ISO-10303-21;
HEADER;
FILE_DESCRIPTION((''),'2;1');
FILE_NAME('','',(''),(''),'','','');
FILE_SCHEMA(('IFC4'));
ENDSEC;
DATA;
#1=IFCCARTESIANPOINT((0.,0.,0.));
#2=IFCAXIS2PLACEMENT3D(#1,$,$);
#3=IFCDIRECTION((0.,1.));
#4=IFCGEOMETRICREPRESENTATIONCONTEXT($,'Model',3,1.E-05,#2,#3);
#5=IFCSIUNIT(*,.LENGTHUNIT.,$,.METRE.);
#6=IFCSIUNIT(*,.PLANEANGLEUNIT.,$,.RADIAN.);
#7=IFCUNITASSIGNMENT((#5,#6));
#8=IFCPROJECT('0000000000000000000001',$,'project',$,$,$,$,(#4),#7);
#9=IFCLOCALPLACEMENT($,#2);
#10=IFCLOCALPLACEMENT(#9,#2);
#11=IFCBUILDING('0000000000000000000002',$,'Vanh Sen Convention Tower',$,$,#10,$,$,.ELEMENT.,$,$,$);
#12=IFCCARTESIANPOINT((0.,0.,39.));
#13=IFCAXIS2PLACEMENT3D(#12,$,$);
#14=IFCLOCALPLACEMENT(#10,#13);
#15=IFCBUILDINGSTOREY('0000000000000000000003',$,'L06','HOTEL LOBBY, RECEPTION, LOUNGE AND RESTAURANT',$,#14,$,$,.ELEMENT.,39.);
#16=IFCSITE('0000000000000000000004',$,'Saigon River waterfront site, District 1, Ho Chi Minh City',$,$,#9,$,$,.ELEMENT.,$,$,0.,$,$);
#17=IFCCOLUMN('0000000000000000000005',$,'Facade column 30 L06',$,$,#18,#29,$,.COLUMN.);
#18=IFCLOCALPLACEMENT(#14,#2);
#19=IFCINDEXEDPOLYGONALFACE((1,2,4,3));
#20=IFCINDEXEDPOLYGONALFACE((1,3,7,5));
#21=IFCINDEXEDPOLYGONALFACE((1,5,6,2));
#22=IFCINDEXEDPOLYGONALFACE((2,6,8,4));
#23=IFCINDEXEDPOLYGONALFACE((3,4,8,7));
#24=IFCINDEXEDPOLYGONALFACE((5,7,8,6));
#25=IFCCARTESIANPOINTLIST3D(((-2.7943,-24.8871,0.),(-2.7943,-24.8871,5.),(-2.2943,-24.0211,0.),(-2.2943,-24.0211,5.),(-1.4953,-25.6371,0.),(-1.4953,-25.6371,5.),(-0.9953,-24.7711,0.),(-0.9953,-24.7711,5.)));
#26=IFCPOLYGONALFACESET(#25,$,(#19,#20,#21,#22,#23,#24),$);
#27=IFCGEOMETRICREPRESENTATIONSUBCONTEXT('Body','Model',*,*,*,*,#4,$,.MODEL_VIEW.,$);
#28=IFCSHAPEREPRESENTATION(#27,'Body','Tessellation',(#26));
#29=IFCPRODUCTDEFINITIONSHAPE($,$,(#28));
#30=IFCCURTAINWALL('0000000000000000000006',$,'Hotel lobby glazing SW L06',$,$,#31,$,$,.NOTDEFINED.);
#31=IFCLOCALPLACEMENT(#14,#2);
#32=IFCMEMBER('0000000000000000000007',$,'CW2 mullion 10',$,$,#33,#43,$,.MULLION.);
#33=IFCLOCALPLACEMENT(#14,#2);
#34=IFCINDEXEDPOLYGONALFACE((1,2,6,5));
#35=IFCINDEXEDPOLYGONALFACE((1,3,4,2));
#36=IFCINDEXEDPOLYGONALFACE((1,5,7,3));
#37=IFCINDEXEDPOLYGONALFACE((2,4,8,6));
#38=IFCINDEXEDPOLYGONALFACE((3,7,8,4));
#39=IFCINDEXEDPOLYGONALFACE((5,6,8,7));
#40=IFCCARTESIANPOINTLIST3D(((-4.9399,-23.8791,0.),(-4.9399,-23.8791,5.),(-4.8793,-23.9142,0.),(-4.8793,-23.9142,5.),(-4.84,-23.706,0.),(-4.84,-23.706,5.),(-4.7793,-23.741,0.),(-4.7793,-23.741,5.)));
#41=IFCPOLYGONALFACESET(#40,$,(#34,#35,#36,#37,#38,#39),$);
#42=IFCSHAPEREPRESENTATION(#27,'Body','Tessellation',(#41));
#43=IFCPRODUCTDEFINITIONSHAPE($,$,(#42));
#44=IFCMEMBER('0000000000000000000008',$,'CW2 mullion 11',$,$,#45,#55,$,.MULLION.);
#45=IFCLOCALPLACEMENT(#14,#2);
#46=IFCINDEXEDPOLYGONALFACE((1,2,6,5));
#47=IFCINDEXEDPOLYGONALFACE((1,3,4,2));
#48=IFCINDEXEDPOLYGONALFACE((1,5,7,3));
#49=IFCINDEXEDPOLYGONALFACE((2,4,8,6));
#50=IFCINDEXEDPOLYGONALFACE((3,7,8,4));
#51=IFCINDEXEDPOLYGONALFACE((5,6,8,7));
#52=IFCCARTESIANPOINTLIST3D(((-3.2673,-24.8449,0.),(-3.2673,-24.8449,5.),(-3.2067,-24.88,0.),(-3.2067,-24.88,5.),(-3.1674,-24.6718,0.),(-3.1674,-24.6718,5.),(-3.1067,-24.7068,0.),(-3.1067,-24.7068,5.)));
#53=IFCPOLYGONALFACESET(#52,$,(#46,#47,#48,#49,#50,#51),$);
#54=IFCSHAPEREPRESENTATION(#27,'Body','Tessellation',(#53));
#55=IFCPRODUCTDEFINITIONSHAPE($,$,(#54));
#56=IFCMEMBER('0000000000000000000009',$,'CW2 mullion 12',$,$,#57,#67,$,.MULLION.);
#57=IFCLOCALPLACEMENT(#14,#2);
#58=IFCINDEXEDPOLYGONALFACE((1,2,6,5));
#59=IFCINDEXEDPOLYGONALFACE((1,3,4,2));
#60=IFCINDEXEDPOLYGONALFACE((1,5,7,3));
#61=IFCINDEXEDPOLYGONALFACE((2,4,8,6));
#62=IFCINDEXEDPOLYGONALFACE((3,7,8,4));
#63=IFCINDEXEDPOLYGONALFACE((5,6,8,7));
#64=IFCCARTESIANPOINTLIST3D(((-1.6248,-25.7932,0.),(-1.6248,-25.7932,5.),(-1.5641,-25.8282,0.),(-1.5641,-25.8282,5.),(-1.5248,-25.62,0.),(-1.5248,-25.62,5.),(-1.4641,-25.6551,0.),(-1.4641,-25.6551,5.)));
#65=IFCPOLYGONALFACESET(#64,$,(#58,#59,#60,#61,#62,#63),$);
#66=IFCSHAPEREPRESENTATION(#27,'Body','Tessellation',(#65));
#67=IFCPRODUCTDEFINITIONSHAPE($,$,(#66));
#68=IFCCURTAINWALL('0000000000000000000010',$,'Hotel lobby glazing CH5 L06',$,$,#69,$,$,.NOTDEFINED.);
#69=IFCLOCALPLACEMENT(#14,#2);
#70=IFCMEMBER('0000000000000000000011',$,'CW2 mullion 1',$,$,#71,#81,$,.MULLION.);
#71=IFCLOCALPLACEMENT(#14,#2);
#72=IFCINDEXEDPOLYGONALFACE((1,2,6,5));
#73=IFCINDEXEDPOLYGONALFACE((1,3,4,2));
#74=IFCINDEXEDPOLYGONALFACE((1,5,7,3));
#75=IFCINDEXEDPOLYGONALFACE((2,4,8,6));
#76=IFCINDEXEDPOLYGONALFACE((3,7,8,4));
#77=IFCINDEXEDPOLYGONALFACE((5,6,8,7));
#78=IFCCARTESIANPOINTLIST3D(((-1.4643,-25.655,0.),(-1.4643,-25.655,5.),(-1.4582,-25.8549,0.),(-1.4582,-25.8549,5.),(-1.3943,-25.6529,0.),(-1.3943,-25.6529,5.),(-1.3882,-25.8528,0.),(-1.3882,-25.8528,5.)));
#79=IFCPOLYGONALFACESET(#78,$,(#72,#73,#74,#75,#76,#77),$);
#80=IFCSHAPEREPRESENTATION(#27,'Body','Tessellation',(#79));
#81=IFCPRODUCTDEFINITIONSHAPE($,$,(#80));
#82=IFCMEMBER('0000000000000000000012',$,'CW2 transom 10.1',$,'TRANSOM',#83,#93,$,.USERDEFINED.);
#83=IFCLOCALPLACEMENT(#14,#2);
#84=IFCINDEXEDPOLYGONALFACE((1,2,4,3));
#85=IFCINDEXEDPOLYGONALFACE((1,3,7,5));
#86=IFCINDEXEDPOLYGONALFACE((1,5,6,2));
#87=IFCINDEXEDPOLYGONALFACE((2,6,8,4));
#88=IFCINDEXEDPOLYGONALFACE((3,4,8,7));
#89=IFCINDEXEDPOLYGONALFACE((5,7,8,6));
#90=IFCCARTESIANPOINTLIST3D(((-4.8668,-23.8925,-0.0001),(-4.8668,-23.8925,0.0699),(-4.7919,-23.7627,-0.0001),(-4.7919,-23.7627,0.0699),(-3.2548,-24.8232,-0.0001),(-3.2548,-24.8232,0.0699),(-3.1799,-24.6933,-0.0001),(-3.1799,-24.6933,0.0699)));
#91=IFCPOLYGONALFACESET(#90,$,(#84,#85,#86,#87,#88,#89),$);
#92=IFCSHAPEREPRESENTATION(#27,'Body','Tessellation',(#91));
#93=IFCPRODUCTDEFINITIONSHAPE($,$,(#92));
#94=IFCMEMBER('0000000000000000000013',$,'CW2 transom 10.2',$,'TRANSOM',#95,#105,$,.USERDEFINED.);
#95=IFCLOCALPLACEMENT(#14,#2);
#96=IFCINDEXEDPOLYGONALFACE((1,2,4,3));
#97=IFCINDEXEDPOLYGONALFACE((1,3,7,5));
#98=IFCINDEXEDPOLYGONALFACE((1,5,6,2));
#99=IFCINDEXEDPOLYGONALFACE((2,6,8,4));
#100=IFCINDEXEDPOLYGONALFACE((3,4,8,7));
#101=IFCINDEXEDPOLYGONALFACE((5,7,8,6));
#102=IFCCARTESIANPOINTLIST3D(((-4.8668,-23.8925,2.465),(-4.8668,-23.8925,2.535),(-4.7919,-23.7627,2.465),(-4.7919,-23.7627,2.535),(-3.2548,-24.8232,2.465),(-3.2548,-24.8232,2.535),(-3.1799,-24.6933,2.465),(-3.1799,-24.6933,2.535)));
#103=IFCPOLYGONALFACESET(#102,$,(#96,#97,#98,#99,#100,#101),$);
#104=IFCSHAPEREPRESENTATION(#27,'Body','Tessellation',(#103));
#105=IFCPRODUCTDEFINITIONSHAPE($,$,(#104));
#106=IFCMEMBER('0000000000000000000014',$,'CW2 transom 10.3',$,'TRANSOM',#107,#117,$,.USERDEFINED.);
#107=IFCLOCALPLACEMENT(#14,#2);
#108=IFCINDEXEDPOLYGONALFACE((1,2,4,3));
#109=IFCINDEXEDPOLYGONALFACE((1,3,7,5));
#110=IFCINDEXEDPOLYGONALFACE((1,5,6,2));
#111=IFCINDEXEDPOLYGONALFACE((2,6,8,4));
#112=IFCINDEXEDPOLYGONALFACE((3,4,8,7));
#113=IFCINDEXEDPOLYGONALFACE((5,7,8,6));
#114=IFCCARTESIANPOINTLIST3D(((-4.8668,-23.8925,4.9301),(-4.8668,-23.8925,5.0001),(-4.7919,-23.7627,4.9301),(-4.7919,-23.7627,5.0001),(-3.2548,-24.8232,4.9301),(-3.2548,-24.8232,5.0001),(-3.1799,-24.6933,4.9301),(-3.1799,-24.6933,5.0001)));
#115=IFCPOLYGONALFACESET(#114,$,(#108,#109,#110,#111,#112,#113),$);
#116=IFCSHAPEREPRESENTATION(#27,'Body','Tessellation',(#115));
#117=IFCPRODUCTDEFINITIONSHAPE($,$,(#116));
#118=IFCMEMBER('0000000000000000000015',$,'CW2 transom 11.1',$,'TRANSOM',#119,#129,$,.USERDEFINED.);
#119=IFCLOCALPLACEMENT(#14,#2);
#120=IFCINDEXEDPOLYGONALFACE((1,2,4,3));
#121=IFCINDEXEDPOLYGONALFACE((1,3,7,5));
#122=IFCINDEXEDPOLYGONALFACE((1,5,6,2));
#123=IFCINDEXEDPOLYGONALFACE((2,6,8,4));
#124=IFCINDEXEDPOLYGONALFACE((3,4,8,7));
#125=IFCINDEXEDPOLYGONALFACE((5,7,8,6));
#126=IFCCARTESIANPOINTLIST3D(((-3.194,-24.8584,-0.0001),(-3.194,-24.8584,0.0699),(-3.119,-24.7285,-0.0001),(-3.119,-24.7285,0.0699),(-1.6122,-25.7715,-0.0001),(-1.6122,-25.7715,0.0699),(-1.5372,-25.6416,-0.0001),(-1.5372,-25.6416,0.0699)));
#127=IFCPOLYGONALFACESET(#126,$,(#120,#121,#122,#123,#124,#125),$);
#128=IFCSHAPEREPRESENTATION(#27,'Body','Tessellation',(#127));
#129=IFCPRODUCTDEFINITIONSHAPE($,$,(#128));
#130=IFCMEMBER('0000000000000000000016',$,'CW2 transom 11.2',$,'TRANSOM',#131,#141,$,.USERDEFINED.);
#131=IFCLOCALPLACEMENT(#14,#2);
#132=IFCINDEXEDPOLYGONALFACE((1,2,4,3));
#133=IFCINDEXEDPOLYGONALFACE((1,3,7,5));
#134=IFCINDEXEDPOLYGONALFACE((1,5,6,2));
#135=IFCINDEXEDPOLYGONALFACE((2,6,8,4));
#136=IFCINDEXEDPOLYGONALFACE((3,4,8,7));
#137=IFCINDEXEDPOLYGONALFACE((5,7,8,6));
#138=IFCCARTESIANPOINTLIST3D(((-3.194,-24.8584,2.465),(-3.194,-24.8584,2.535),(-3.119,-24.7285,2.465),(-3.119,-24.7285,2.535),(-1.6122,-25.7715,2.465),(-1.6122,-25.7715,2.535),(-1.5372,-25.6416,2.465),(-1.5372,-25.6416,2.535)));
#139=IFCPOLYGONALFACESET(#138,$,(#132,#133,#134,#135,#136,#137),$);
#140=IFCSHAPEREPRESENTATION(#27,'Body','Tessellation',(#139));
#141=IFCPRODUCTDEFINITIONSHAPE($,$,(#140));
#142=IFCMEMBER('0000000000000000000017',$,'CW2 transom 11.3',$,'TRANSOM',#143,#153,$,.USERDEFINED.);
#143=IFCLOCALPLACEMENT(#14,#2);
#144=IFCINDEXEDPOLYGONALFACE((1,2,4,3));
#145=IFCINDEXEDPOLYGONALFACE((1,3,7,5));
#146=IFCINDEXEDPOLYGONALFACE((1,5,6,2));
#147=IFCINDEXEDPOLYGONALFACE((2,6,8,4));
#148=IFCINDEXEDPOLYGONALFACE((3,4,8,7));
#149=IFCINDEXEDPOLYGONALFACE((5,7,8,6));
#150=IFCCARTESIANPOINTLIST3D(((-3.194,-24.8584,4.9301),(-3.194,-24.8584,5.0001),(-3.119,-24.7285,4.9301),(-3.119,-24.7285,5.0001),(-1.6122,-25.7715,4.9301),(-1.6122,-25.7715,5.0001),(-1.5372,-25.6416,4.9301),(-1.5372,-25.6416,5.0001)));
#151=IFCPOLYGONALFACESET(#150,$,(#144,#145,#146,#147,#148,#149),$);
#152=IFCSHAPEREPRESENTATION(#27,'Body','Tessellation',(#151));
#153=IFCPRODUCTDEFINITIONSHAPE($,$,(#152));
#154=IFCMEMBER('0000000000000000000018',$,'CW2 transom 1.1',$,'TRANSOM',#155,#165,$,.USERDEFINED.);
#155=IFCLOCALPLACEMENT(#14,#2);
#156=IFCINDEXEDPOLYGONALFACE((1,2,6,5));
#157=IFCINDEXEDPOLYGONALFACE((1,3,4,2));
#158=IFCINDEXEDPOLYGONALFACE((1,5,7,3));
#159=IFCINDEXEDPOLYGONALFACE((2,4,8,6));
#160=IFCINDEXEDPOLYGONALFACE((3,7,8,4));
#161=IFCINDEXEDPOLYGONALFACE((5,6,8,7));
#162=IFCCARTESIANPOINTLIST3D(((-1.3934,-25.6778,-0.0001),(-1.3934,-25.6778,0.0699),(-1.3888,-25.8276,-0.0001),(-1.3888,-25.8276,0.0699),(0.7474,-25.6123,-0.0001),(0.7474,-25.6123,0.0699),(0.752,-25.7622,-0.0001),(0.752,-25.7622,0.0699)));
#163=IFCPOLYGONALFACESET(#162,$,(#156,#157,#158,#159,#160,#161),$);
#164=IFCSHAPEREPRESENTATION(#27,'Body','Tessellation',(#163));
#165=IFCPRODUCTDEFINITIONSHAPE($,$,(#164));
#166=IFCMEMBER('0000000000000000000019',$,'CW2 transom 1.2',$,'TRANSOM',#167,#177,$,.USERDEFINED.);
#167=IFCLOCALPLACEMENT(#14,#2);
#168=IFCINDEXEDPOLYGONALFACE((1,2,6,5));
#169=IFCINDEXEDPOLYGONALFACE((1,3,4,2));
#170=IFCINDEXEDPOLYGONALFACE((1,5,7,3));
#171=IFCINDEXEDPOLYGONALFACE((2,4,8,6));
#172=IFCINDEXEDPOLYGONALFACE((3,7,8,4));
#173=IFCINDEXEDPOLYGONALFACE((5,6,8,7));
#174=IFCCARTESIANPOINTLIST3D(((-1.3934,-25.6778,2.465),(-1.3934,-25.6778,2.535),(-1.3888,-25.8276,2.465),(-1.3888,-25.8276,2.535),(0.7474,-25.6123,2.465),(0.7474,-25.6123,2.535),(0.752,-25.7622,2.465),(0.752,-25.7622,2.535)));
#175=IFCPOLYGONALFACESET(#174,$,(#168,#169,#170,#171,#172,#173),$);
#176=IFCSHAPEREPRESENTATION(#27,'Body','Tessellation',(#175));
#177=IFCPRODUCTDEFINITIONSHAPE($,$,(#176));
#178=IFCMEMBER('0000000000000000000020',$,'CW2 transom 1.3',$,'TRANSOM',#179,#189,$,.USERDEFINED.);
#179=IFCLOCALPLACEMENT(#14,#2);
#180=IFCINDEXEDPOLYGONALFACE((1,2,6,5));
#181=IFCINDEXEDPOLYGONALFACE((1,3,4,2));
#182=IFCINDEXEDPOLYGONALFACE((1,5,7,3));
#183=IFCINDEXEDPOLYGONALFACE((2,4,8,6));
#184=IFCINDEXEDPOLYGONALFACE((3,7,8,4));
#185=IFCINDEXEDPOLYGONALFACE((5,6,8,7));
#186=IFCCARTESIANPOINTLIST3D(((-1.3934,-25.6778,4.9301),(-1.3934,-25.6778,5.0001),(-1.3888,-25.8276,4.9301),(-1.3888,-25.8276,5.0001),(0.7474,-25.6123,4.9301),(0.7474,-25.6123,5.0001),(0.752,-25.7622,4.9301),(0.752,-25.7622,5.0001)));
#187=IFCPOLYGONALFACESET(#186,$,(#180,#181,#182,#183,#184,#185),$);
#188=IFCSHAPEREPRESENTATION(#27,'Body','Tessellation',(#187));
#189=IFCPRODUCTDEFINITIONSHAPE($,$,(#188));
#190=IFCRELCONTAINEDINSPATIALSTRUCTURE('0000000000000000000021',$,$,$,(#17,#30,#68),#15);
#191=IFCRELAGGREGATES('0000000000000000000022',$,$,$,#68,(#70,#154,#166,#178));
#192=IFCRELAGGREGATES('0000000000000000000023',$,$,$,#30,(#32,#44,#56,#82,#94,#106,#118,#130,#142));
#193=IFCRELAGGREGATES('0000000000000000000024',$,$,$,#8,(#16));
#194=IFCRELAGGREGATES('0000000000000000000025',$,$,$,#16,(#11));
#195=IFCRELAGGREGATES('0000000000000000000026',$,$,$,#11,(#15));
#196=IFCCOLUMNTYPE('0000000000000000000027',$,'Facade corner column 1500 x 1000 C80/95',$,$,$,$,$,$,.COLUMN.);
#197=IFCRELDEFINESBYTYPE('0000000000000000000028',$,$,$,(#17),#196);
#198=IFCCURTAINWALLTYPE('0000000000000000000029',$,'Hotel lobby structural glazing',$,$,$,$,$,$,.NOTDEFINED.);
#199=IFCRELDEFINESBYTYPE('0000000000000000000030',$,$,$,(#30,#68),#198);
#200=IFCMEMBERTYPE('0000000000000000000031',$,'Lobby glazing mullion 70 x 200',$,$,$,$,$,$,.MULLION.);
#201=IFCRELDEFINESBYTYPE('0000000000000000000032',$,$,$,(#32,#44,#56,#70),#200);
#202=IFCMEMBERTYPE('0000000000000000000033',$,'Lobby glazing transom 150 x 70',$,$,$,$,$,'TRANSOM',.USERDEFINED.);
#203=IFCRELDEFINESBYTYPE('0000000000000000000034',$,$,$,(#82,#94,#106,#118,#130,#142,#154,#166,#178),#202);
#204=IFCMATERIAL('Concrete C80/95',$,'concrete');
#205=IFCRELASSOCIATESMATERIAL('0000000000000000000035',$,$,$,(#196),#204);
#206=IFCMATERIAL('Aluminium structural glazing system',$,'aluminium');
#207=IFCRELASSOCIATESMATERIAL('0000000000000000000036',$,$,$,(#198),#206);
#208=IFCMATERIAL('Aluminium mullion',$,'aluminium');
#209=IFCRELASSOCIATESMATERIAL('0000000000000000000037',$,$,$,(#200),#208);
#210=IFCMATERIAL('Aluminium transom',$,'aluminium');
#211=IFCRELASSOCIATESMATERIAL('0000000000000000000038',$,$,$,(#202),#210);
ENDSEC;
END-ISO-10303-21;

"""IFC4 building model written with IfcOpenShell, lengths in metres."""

from ifc_helpers import new_model, si_unit, direction, frame, origin, origin_2d, place, context, subcontext, project, spatial, rectangle, extrude, material, material_profile, profile_set, type_object, element, aggregate, save


model = new_model("IFC4")

# Units and contexts
model_context = context("Model", 3, precision=1e-05, world=origin(), true_north=direction((0.0, 1.0)))
body_context = subcontext(model_context, "Body", "Model", "MODEL_VIEW")
ifc_project = project(units=[si_unit("LENGTHUNIT", "METRE"), si_unit("PLANEANGLEUNIT", "RADIAN")], contexts=[model_context])

# Site, building, storey
site_placement = place(None, origin())
site = spatial("IfcSite", under=ifc_project, at=site_placement, Name="Saigon River waterfront site, District 1, Ho Chi Minh City", CompositionType="ELEMENT", RefElevation=0.0)
building_placement = place(site_placement, origin())
building = spatial("IfcBuilding", under=site, at=building_placement, Name="Vanh Sen Convention Tower", CompositionType="ELEMENT")
storey_placement = place(building_placement, frame((0.0, 0.0, 39.0)))
storey = spatial("IfcBuildingStorey", under=building, at=storey_placement, Name="L06", Description="HOTEL LOBBY, RECEPTION, LOUNGE AND RESTAURANT", CompositionType="ELEMENT", Elevation=39.0)

# Column
ifc_material_1 = material(Name="Concrete C80/95", Category="concrete")
ifc_material_profile_1 = material_profile(ifc_material_1, rectangle(XDim=1.5, YDim=1.0, at=origin_2d()), Name="RC 1500X1000")
ifc_profile_set_1 = profile_set([ifc_material_profile_1], Name="Concrete C80/95")
column_type = type_object("IfcColumnType", Name="Facade corner column 1500 x 1000 C80/95", PredefinedType="COLUMN", material=ifc_profile_set_1)
column_placement = place(storey_placement, frame((-1.8948, -24.8291, 0.0), z_axis=(0.0, 0.0, 1.0), x_axis=(0.866025, -0.5, 0.0)))
element("IfcColumn", 1, at=column_placement, inside=storey, type_object=column_type, Name="Facade column 30 L06", PredefinedType="COLUMN", context=body_context, shape_type="SweptSolid", body=[
    extrude(rectangle(XDim=1.5, YDim=1.0, at=origin_2d()), origin(), (0.0, 0.0, 1.0), 5.0),
])

# Curtain wall, members
ifc_material_2 = material(Name="Aluminium structural glazing system", Category="aluminium")
curtain_wall_type_1 = type_object("IfcCurtainWallType", Name="Hotel lobby structural glazing", PredefinedType="NOTDEFINED", material=ifc_material_2)
curtain_wall_1_placement = place(storey_placement, origin())
curtain_wall_1 = element("IfcCurtainWall", 2, at=curtain_wall_1_placement, inside=storey, type_object=curtain_wall_type_1, Name="Hotel lobby glazing SW L06", PredefinedType="NOTDEFINED")
ifc_material_3 = material(Name="Aluminium mullion", Category="aluminium")
ifc_material_profile_2 = material_profile(ifc_material_3, rectangle(XDim=0.2, YDim=0.0701, at=origin_2d()), Name="Lobby glazing mullion 70 x 200")
ifc_profile_set_2 = profile_set([ifc_material_profile_2], Name="Aluminium mullion")
member_type_1 = type_object("IfcMemberType", Name="Lobby glazing mullion 70 x 200", PredefinedType="MULLION", material=ifc_profile_set_2)
member_1_placement = place(storey_placement, frame((-4.8596, -23.8101, 0.0), z_axis=(0.0, 0.0, 1.0), x_axis=(0.499997, 0.866027, 0.0)))
member_1 = element("IfcMember", 3, at=member_1_placement, type_object=member_type_1, Name="CW2 mullion 10", PredefinedType="MULLION", context=body_context, shape_type="SweptSolid", body=[
    extrude(rectangle(XDim=0.2, YDim=0.0701, at=origin_2d()), origin(), (0.0, 0.0, 1.0), 5.0),
])
member_2_placement = place(storey_placement, frame((-3.187, -24.7759, 0.0), z_axis=(0.0, 0.0, 1.0), x_axis=(0.499997, 0.866027, 0.0)))
member_2 = element("IfcMember", 4, at=member_2_placement, type_object=member_type_1, Name="CW2 mullion 11", PredefinedType="MULLION", context=body_context, shape_type="SweptSolid", body=[
    extrude(rectangle(XDim=0.2, YDim=0.0701, at=origin_2d()), origin(), (0.0, 0.0, 1.0), 5.0),
])
member_3_placement = place(storey_placement, frame((-1.5444, -25.7241, 0.0), z_axis=(0.0, 0.0, 1.0), x_axis=(0.499997, 0.866027, 0.0)))
member_3 = element("IfcMember", 5, at=member_3_placement, type_object=member_type_1, Name="CW2 mullion 12", PredefinedType="MULLION", context=body_context, shape_type="SweptSolid", body=[
    extrude(rectangle(XDim=0.2, YDim=0.0701, at=origin_2d()), origin(), (0.0, 0.0, 1.0), 5.0),
])

# Curtain wall, member
curtain_wall_2_placement = place(storey_placement, origin())
curtain_wall_2 = element("IfcCurtainWall", 6, at=curtain_wall_2_placement, inside=storey, type_object=curtain_wall_type_1, Name="Hotel lobby glazing CH5 L06", PredefinedType="NOTDEFINED")
member_4_placement = place(storey_placement, frame((-1.4263, -25.7539, 0.0), z_axis=(0.0, 0.0, 1.0), x_axis=(-0.03053, 0.999534, 0.0)))
member_4 = element("IfcMember", 7, at=member_4_placement, type_object=member_type_1, Name="CW2 mullion 1", PredefinedType="MULLION", context=body_context, shape_type="SweptSolid", body=[
    extrude(rectangle(XDim=0.2, YDim=0.0701, at=origin_2d()), origin(), (0.0, 0.0, 1.0), 5.0),
])

# Members
ifc_material_4 = material(Name="Aluminium transom", Category="aluminium")
ifc_material_profile_3 = material_profile(ifc_material_4, rectangle(XDim=0.1499, YDim=0.0701, at=origin_2d()), Name="Lobby glazing transom 150 x 70")
ifc_profile_set_3 = profile_set([ifc_material_profile_3], Name="Aluminium transom")
member_type_2 = type_object("IfcMemberType", Name="Lobby glazing transom 150 x 70", ElementType="TRANSOM", PredefinedType="USERDEFINED", material=ifc_profile_set_3)
member_5_placement = place(storey_placement, frame((-4.8293, -23.8276, 0.0349), z_axis=(0.866039, -0.499976, 0.0), x_axis=(0.499976, 0.866039, 0.0)))
member_5 = element("IfcMember", 8, at=member_5_placement, type_object=member_type_2, Name="CW2 transom 10.1", ObjectType="TRANSOM", PredefinedType="USERDEFINED", context=body_context, shape_type="SweptSolid", body=[
    extrude(rectangle(XDim=0.1499, YDim=0.0701, at=origin_2d()), origin(), (0.0, 0.0, 1.0), 1.8613),
])
member_6_placement = place(storey_placement, frame((-4.8293, -23.8276, 2.5), z_axis=(0.866039, -0.499976, 0.0), x_axis=(0.499976, 0.866039, 0.0)))
member_6 = element("IfcMember", 9, at=member_6_placement, type_object=member_type_2, Name="CW2 transom 10.2", ObjectType="TRANSOM", PredefinedType="USERDEFINED", context=body_context, shape_type="SweptSolid", body=[
    extrude(rectangle(XDim=0.1499, YDim=0.0701, at=origin_2d()), origin(), (0.0, 0.0, 1.0), 1.8613),
])
member_7_placement = place(storey_placement, frame((-4.8293, -23.8276, 4.9651), z_axis=(0.866039, -0.499976, 0.0), x_axis=(0.499976, 0.866039, 0.0)))
member_7 = element("IfcMember", 10, at=member_7_placement, type_object=member_type_2, Name="CW2 transom 10.3", ObjectType="TRANSOM", PredefinedType="USERDEFINED", context=body_context, shape_type="SweptSolid", body=[
    extrude(rectangle(XDim=0.1499, YDim=0.0701, at=origin_2d()), origin(), (0.0, 0.0, 1.0), 1.8613),
])
member_8_placement = place(storey_placement, frame((-3.1565, -24.7935, 0.0349), z_axis=(0.866063, -0.499935, 0.0), x_axis=(0.499935, 0.866063, 0.0)))
member_8 = element("IfcMember", 11, at=member_8_placement, type_object=member_type_2, Name="CW2 transom 11.1", ObjectType="TRANSOM", PredefinedType="USERDEFINED", context=body_context, shape_type="SweptSolid", body=[
    extrude(rectangle(XDim=0.1499, YDim=0.0701, at=origin_2d()), origin(), (0.0, 0.0, 1.0), 1.8264),
])
member_9_placement = place(storey_placement, frame((-3.1565, -24.7935, 2.5), z_axis=(0.866063, -0.499935, 0.0), x_axis=(0.499935, 0.866063, 0.0)))
member_9 = element("IfcMember", 12, at=member_9_placement, type_object=member_type_2, Name="CW2 transom 11.2", ObjectType="TRANSOM", PredefinedType="USERDEFINED", context=body_context, shape_type="SweptSolid", body=[
    extrude(rectangle(XDim=0.1499, YDim=0.0701, at=origin_2d()), origin(), (0.0, 0.0, 1.0), 1.8264),
])
member_10_placement = place(storey_placement, frame((-3.1565, -24.7935, 4.9651), z_axis=(0.866063, -0.499935, 0.0), x_axis=(0.499935, 0.866063, 0.0)))
member_10 = element("IfcMember", 13, at=member_10_placement, type_object=member_type_2, Name="CW2 transom 11.3", ObjectType="TRANSOM", PredefinedType="USERDEFINED", context=body_context, shape_type="SweptSolid", body=[
    extrude(rectangle(XDim=0.1499, YDim=0.0701, at=origin_2d()), origin(), (0.0, 0.0, 1.0), 1.8264),
])
member_11_placement = place(storey_placement, frame((-1.3911, -25.7527, 0.0349), z_axis=(0.999533, 0.030548, 0.0), x_axis=(-0.030548, 0.999533, 0.0)))
member_11 = element("IfcMember", 14, at=member_11_placement, type_object=member_type_2, Name="CW2 transom 1.1", ObjectType="TRANSOM", PredefinedType="USERDEFINED", context=body_context, shape_type="SweptSolid", body=[
    extrude(rectangle(XDim=0.1499, YDim=0.0701, at=origin_2d()), origin(), (0.0, 0.0, 1.0), 2.1418),
])
member_12_placement = place(storey_placement, frame((-1.3911, -25.7527, 2.5), z_axis=(0.999533, 0.030548, 0.0), x_axis=(-0.030548, 0.999533, 0.0)))
member_12 = element("IfcMember", 15, at=member_12_placement, type_object=member_type_2, Name="CW2 transom 1.2", ObjectType="TRANSOM", PredefinedType="USERDEFINED", context=body_context, shape_type="SweptSolid", body=[
    extrude(rectangle(XDim=0.1499, YDim=0.0701, at=origin_2d()), origin(), (0.0, 0.0, 1.0), 2.1418),
])
member_13_placement = place(storey_placement, frame((-1.3911, -25.7527, 4.9651), z_axis=(0.999533, 0.030548, 0.0), x_axis=(-0.030548, 0.999533, 0.0)))
member_13 = element("IfcMember", 16, at=member_13_placement, type_object=member_type_2, Name="CW2 transom 1.3", ObjectType="TRANSOM", PredefinedType="USERDEFINED", context=body_context, shape_type="SweptSolid", body=[
    extrude(rectangle(XDim=0.1499, YDim=0.0701, at=origin_2d()), origin(), (0.0, 0.0, 1.0), 2.1418),
])
aggregate(curtain_wall_2, [member_4, member_11, member_12, member_13])

aggregate(curtain_wall_1, [member_1, member_2, member_3, member_5, member_6, member_7, member_8, member_9, member_10])

save(model, "model.ifc")
